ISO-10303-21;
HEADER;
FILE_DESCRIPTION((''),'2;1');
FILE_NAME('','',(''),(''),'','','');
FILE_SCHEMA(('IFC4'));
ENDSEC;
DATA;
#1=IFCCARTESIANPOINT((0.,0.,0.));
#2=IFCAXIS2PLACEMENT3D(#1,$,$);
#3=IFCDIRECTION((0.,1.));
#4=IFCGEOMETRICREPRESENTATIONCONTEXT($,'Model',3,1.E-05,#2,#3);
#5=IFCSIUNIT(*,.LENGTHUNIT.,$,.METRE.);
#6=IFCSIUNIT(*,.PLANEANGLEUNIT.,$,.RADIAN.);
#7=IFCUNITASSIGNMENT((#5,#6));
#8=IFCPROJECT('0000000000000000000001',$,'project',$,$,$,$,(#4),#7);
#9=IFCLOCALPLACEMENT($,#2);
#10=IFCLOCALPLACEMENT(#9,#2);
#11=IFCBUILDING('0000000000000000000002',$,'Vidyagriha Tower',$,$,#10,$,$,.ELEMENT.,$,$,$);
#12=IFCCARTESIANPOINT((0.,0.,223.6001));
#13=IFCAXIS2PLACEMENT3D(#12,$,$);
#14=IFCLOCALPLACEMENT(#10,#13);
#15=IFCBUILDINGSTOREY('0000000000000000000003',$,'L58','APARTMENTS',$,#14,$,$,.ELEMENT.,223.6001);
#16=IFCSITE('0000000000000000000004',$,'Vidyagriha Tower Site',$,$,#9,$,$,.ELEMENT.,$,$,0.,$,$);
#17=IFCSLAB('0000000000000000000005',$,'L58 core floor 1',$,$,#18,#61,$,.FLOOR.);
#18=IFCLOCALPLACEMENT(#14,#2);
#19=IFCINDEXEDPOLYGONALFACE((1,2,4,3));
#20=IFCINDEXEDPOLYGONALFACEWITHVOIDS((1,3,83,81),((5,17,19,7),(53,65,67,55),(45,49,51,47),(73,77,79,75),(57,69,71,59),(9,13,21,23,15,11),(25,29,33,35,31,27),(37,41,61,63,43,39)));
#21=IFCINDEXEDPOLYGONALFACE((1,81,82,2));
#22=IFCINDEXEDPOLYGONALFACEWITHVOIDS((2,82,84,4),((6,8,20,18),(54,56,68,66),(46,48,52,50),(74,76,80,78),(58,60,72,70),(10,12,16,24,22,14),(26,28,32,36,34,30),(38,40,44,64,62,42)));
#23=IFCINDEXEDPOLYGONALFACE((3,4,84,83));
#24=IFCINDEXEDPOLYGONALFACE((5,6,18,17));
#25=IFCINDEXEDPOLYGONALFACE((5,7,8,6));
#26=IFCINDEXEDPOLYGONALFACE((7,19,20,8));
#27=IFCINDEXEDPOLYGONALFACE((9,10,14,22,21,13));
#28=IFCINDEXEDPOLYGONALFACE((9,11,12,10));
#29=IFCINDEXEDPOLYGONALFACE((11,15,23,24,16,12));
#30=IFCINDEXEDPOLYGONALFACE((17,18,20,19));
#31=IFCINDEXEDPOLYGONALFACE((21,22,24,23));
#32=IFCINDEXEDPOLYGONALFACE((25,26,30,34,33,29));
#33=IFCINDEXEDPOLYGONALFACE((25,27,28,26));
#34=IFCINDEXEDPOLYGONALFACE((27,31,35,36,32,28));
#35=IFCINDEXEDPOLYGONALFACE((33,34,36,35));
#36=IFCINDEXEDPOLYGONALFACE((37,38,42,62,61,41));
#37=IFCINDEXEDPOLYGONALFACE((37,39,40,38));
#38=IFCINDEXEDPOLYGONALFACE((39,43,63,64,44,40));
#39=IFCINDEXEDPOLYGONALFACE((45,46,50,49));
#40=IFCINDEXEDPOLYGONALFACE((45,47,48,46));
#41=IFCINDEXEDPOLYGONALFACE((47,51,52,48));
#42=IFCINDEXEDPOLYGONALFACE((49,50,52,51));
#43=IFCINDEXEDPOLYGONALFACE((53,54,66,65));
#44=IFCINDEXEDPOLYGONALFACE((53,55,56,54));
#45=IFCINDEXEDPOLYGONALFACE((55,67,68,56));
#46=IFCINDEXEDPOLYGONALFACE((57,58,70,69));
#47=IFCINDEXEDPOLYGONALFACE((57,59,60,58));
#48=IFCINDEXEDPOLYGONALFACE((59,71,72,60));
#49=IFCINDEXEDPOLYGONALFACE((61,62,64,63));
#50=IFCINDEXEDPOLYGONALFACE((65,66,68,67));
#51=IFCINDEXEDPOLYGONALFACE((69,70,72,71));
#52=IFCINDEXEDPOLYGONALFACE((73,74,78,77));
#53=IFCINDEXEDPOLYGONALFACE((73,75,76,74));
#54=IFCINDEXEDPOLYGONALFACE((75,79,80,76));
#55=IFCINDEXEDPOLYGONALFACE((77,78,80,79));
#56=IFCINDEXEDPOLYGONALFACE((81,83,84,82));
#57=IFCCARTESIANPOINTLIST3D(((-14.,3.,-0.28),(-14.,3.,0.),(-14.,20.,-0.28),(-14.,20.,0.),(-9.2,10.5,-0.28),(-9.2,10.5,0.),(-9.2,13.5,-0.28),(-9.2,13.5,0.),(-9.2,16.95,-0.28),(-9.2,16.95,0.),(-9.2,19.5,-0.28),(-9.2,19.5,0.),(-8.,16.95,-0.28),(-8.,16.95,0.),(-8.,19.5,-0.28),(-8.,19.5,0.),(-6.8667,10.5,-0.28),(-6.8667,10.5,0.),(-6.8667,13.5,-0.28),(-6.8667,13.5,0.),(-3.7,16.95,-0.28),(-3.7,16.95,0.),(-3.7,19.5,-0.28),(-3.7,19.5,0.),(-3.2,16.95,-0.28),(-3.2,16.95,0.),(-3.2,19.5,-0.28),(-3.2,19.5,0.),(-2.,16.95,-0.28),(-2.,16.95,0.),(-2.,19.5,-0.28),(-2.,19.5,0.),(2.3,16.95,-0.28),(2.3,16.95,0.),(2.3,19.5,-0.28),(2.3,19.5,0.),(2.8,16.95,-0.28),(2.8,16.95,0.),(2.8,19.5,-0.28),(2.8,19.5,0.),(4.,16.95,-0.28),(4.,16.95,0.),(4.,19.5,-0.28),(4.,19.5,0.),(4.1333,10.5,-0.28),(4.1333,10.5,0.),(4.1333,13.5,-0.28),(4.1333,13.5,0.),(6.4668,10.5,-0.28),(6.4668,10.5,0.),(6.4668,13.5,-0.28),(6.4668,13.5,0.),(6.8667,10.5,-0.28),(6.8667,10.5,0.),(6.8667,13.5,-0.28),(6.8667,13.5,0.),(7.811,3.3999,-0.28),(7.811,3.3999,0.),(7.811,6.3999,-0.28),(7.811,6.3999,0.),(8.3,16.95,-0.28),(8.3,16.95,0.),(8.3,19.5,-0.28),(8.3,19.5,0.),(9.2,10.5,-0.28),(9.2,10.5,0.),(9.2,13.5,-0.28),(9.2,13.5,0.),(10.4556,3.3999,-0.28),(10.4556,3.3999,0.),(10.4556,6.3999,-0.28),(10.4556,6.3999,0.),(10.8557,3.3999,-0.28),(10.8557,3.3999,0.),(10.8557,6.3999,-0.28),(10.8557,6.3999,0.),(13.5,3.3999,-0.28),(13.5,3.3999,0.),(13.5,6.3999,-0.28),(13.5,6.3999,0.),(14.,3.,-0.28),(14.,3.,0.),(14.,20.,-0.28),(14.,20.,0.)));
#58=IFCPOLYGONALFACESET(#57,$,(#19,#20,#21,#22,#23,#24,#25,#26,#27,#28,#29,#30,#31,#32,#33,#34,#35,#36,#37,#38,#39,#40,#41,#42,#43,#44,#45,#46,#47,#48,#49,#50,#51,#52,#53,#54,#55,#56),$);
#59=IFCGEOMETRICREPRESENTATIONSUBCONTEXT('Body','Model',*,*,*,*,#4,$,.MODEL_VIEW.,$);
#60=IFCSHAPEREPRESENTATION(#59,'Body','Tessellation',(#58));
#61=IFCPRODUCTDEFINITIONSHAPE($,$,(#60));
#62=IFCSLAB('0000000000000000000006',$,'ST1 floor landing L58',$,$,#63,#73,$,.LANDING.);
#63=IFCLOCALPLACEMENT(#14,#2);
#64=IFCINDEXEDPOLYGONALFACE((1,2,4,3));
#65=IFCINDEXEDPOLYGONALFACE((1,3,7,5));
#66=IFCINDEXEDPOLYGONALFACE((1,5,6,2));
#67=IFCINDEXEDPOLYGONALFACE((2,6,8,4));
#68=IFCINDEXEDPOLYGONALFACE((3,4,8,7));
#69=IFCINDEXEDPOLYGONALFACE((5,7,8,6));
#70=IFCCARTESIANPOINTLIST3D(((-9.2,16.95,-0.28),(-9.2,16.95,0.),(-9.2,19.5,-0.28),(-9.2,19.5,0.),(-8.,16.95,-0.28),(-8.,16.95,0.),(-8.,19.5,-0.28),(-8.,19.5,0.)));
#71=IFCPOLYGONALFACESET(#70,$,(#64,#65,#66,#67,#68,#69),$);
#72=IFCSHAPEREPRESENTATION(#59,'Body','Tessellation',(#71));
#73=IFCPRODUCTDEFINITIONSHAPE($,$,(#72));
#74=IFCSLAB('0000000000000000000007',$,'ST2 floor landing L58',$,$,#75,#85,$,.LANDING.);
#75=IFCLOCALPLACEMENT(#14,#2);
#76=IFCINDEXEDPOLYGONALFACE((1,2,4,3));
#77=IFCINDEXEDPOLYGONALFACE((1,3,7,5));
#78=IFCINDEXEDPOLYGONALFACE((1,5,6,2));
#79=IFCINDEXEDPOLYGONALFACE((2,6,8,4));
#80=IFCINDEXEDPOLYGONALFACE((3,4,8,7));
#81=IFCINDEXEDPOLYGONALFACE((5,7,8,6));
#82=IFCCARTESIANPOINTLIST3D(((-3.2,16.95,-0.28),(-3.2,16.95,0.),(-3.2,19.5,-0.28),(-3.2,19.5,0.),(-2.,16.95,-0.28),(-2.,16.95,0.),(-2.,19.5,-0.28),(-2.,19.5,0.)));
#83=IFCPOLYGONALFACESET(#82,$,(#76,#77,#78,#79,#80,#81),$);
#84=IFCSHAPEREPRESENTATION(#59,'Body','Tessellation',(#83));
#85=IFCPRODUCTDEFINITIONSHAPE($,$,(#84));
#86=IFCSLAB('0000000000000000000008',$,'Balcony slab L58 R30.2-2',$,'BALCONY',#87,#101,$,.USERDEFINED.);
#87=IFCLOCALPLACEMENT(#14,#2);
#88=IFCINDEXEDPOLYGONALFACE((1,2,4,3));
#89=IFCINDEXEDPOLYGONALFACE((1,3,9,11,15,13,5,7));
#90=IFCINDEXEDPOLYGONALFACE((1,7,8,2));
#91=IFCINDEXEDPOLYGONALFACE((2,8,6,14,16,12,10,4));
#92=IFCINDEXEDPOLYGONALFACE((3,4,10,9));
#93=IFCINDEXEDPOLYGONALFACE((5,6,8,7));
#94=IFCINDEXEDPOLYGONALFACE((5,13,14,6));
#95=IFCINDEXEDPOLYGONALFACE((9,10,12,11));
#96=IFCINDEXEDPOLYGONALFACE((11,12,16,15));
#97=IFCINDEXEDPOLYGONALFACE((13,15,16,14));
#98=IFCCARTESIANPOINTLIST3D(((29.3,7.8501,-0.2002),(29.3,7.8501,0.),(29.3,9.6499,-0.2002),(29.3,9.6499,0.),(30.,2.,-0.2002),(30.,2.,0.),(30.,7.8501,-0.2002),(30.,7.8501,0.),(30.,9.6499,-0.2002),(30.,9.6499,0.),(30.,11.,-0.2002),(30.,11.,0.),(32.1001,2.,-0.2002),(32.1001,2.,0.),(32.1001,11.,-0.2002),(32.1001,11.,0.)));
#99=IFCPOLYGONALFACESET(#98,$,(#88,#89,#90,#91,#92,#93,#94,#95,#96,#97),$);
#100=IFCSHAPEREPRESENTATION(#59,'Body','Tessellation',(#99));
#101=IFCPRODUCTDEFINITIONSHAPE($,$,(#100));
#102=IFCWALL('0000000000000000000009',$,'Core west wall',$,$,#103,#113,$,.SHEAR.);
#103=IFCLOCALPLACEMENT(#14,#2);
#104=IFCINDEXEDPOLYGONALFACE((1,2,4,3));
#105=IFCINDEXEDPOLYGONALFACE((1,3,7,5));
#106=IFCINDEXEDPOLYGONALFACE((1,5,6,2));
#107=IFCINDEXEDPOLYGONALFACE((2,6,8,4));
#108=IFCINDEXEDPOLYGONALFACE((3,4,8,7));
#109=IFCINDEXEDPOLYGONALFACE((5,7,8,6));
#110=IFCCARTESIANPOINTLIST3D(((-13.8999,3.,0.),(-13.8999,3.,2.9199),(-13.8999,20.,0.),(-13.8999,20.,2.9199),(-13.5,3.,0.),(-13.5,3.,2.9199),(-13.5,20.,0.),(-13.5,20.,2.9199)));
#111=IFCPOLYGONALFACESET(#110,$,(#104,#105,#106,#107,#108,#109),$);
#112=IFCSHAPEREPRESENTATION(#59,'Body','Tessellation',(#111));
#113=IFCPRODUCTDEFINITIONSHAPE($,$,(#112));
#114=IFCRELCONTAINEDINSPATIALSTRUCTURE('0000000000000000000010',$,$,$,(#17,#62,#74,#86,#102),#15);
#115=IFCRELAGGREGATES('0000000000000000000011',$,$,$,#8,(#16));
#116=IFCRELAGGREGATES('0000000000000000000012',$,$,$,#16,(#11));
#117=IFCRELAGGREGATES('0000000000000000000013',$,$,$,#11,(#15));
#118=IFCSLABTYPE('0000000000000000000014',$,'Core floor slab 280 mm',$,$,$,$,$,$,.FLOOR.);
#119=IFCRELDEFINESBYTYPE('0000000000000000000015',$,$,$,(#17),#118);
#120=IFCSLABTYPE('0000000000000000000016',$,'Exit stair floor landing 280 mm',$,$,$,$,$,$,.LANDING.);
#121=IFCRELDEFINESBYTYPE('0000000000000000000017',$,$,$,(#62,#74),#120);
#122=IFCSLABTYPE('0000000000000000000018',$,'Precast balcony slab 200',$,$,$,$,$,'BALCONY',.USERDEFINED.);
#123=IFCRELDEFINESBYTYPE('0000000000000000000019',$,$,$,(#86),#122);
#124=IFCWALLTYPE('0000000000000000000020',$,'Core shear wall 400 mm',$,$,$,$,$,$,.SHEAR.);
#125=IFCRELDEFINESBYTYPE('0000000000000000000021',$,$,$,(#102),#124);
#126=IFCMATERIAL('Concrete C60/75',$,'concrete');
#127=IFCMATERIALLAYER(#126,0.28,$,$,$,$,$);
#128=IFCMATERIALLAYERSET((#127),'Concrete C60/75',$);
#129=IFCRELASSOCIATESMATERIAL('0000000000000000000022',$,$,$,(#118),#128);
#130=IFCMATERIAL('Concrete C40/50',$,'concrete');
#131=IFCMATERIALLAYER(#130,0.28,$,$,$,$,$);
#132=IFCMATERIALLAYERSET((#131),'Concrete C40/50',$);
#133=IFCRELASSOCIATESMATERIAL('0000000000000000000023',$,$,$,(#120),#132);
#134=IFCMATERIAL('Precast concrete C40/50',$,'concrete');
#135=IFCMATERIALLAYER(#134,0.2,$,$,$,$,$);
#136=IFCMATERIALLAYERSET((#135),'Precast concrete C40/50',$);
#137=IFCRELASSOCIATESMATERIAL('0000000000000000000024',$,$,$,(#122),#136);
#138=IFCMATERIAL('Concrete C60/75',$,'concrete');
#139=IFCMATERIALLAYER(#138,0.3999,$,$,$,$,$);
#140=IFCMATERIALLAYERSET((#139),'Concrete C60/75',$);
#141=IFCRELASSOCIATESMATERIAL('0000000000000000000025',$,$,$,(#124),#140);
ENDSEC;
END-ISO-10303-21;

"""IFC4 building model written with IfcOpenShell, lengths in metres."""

from ifc_helpers import new_model, si_unit, direction, frame, frame_2d, origin, place, context, subcontext, project, spatial, polyline, rectangle, outline, extrude, material, layer, layer_set, type_object, element, save


model = new_model("IFC4")

# Units and contexts
model_context = context("Model", 3, precision=1e-05, world=origin(), true_north=direction((0.0, 1.0)))
body_context = subcontext(model_context, "Body", "Model", "MODEL_VIEW")
ifc_project = project(units=[si_unit("LENGTHUNIT", "METRE"), si_unit("PLANEANGLEUNIT", "RADIAN")], contexts=[model_context])

# Site, building, storey
site_placement = place(None, origin())
site = spatial("IfcSite", under=ifc_project, at=site_placement, Name="Vidyagriha Tower Site", CompositionType="ELEMENT", RefElevation=0.0)
building_placement = place(site_placement, origin())
building = spatial("IfcBuilding", under=site, at=building_placement, Name="Vidyagriha Tower", CompositionType="ELEMENT")
storey_placement = place(building_placement, frame((0.0, 0.0, 223.6001)))
storey = spatial("IfcBuildingStorey", under=building, at=storey_placement, Name="L58", Description="APARTMENTS", CompositionType="ELEMENT", Elevation=223.6001)

# Slabs
ifc_material_1 = material(Name="Concrete C60/75", Category="concrete")
ifc_layer_1 = layer(ifc_material_1, 0.28)
ifc_layer_set_1 = layer_set([ifc_layer_1], Name="Concrete C60/75")
slab_type_1 = type_object("IfcSlabType", Name="Core floor slab 280 mm", PredefinedType="FLOOR", material=ifc_layer_set_1)
slab_1_placement = place(storey_placement, frame((0.0, 0.0, -0.28)))
element("IfcSlab", 1, at=slab_1_placement, inside=storey, type_object=slab_type_1, Name="L58 core floor 1", PredefinedType="FLOOR", context=body_context, shape_type="SweptSolid", body=[
    extrude(outline(polyline([(-14.0, 3.0), (-14.0, 20.0), (14.0, 20.0), (14.0, 3.0), (-14.0, 3.0)]), holes=[polyline([(13.5, 6.3999), (10.8557, 6.3999), (10.8557, 3.3999), (13.5, 3.3999), (13.5, 6.3999)]), polyline([(10.4556, 6.3999), (7.811, 6.3999), (7.811, 3.3999), (10.4556, 3.3999), (10.4556, 6.3999)]), polyline([(9.2, 13.5), (6.8667, 13.5), (6.8667, 10.5), (9.2, 10.5), (9.2, 13.5)]), polyline([(2.8, 19.5), (2.8, 16.95), (4.0, 16.95), (8.3, 16.95), (8.3, 19.5), (4.0, 19.5), (2.8, 19.5)]), polyline([(4.1333, 13.5), (4.1333, 10.5), (6.4668, 10.5), (6.4668, 13.5), (4.1333, 13.5)]), polyline([(-2.0, 19.5), (-3.2, 19.5), (-3.2, 16.95), (-2.0, 16.95), (2.3, 16.95), (2.3, 19.5), (-2.0, 19.5)]), polyline([(-9.2, 19.5), (-9.2, 16.95), (-8.0, 16.95), (-3.7, 16.95), (-3.7, 19.5), (-8.0, 19.5), (-9.2, 19.5)]), polyline([(-9.2, 13.5), (-9.2, 10.5), (-6.8667, 10.5), (-6.8667, 13.5), (-9.2, 13.5)])]), origin(), (0.0, 0.0, 1.0), 0.28),
])
ifc_material_2 = material(Name="Concrete C40/50", Category="concrete")
ifc_layer_2 = layer(ifc_material_2, 0.28)
ifc_layer_set_2 = layer_set([ifc_layer_2], Name="Concrete C40/50")
slab_type_2 = type_object("IfcSlabType", Name="Exit stair floor landing 280 mm", PredefinedType="LANDING", material=ifc_layer_set_2)
slab_2_placement = place(storey_placement, frame((0.0, 0.0, -0.28)))
element("IfcSlab", 2, at=slab_2_placement, inside=storey, type_object=slab_type_2, Name="ST1 floor landing L58", PredefinedType="LANDING", context=body_context, shape_type="SweptSolid", body=[
    extrude(outline(polyline([(-9.2, 16.95), (-8.0, 16.95), (-8.0, 19.5), (-9.2, 19.5), (-9.2, 16.95)])), origin(), (0.0, 0.0, 1.0), 0.28),
])
slab_3_placement = place(storey_placement, frame((0.0, 0.0, -0.28)))
element("IfcSlab", 3, at=slab_3_placement, inside=storey, type_object=slab_type_2, Name="ST2 floor landing L58", PredefinedType="LANDING", context=body_context, shape_type="SweptSolid", body=[
    extrude(outline(polyline([(-3.2, 16.95), (-2.0, 16.95), (-2.0, 19.5), (-3.2, 19.5), (-3.2, 16.95)])), origin(), (0.0, 0.0, 1.0), 0.28),
])
ifc_material_3 = material(Name="Precast concrete C40/50", Category="concrete")
ifc_layer_3 = layer(ifc_material_3, 0.2)
ifc_layer_set_3 = layer_set([ifc_layer_3], Name="Precast concrete C40/50")
slab_type_3 = type_object("IfcSlabType", Name="Precast balcony slab 200", ElementType="BALCONY", PredefinedType="USERDEFINED", material=ifc_layer_set_3)
slab_4_placement = place(storey_placement, frame((0.0, 0.0, -0.2002)))
element("IfcSlab", 4, at=slab_4_placement, inside=storey, type_object=slab_type_3, Name="Balcony slab L58 R30.2-2", ObjectType="BALCONY", PredefinedType="USERDEFINED", context=body_context, shape_type="SweptSolid", body=[
    extrude(outline(polyline([(30.0, 7.8501), (30.0, 2.0), (32.1001, 2.0), (32.1001, 11.0), (30.0, 11.0), (30.0, 9.6499), (29.3, 9.6499), (29.3, 7.8501), (30.0, 7.8501)])), origin(), (0.0, 0.0, 1.0), 0.2002),
])

# Wall
ifc_material_4 = material(Name="Concrete C60/75", Category="concrete")
ifc_layer_4 = layer(ifc_material_4, 0.3999)
ifc_layer_set_4 = layer_set([ifc_layer_4], Name="Concrete C60/75")
wall_type_1 = type_object("IfcWallType", Name="Core shear wall 400 mm", PredefinedType="SHEAR", material=ifc_layer_set_4)
wall_1_placement = place(storey_placement, frame((-13.7, 3.0, 0.0), z_axis=(0.0, 0.0, 1.0), x_axis=(0.0, 1.0, 0.0)))
element("IfcWall", 5, at=wall_1_placement, inside=storey, type_object=wall_type_1, Name="Core west wall", PredefinedType="SHEAR", context=body_context, shape_type="SweptSolid", body=[
    extrude(rectangle(XDim=17.0, YDim=0.3999, at=frame_2d((8.5, 0.0))), origin(), (0.0, 0.0, 1.0), 2.9199),
])

save(model, "model.ifc")
